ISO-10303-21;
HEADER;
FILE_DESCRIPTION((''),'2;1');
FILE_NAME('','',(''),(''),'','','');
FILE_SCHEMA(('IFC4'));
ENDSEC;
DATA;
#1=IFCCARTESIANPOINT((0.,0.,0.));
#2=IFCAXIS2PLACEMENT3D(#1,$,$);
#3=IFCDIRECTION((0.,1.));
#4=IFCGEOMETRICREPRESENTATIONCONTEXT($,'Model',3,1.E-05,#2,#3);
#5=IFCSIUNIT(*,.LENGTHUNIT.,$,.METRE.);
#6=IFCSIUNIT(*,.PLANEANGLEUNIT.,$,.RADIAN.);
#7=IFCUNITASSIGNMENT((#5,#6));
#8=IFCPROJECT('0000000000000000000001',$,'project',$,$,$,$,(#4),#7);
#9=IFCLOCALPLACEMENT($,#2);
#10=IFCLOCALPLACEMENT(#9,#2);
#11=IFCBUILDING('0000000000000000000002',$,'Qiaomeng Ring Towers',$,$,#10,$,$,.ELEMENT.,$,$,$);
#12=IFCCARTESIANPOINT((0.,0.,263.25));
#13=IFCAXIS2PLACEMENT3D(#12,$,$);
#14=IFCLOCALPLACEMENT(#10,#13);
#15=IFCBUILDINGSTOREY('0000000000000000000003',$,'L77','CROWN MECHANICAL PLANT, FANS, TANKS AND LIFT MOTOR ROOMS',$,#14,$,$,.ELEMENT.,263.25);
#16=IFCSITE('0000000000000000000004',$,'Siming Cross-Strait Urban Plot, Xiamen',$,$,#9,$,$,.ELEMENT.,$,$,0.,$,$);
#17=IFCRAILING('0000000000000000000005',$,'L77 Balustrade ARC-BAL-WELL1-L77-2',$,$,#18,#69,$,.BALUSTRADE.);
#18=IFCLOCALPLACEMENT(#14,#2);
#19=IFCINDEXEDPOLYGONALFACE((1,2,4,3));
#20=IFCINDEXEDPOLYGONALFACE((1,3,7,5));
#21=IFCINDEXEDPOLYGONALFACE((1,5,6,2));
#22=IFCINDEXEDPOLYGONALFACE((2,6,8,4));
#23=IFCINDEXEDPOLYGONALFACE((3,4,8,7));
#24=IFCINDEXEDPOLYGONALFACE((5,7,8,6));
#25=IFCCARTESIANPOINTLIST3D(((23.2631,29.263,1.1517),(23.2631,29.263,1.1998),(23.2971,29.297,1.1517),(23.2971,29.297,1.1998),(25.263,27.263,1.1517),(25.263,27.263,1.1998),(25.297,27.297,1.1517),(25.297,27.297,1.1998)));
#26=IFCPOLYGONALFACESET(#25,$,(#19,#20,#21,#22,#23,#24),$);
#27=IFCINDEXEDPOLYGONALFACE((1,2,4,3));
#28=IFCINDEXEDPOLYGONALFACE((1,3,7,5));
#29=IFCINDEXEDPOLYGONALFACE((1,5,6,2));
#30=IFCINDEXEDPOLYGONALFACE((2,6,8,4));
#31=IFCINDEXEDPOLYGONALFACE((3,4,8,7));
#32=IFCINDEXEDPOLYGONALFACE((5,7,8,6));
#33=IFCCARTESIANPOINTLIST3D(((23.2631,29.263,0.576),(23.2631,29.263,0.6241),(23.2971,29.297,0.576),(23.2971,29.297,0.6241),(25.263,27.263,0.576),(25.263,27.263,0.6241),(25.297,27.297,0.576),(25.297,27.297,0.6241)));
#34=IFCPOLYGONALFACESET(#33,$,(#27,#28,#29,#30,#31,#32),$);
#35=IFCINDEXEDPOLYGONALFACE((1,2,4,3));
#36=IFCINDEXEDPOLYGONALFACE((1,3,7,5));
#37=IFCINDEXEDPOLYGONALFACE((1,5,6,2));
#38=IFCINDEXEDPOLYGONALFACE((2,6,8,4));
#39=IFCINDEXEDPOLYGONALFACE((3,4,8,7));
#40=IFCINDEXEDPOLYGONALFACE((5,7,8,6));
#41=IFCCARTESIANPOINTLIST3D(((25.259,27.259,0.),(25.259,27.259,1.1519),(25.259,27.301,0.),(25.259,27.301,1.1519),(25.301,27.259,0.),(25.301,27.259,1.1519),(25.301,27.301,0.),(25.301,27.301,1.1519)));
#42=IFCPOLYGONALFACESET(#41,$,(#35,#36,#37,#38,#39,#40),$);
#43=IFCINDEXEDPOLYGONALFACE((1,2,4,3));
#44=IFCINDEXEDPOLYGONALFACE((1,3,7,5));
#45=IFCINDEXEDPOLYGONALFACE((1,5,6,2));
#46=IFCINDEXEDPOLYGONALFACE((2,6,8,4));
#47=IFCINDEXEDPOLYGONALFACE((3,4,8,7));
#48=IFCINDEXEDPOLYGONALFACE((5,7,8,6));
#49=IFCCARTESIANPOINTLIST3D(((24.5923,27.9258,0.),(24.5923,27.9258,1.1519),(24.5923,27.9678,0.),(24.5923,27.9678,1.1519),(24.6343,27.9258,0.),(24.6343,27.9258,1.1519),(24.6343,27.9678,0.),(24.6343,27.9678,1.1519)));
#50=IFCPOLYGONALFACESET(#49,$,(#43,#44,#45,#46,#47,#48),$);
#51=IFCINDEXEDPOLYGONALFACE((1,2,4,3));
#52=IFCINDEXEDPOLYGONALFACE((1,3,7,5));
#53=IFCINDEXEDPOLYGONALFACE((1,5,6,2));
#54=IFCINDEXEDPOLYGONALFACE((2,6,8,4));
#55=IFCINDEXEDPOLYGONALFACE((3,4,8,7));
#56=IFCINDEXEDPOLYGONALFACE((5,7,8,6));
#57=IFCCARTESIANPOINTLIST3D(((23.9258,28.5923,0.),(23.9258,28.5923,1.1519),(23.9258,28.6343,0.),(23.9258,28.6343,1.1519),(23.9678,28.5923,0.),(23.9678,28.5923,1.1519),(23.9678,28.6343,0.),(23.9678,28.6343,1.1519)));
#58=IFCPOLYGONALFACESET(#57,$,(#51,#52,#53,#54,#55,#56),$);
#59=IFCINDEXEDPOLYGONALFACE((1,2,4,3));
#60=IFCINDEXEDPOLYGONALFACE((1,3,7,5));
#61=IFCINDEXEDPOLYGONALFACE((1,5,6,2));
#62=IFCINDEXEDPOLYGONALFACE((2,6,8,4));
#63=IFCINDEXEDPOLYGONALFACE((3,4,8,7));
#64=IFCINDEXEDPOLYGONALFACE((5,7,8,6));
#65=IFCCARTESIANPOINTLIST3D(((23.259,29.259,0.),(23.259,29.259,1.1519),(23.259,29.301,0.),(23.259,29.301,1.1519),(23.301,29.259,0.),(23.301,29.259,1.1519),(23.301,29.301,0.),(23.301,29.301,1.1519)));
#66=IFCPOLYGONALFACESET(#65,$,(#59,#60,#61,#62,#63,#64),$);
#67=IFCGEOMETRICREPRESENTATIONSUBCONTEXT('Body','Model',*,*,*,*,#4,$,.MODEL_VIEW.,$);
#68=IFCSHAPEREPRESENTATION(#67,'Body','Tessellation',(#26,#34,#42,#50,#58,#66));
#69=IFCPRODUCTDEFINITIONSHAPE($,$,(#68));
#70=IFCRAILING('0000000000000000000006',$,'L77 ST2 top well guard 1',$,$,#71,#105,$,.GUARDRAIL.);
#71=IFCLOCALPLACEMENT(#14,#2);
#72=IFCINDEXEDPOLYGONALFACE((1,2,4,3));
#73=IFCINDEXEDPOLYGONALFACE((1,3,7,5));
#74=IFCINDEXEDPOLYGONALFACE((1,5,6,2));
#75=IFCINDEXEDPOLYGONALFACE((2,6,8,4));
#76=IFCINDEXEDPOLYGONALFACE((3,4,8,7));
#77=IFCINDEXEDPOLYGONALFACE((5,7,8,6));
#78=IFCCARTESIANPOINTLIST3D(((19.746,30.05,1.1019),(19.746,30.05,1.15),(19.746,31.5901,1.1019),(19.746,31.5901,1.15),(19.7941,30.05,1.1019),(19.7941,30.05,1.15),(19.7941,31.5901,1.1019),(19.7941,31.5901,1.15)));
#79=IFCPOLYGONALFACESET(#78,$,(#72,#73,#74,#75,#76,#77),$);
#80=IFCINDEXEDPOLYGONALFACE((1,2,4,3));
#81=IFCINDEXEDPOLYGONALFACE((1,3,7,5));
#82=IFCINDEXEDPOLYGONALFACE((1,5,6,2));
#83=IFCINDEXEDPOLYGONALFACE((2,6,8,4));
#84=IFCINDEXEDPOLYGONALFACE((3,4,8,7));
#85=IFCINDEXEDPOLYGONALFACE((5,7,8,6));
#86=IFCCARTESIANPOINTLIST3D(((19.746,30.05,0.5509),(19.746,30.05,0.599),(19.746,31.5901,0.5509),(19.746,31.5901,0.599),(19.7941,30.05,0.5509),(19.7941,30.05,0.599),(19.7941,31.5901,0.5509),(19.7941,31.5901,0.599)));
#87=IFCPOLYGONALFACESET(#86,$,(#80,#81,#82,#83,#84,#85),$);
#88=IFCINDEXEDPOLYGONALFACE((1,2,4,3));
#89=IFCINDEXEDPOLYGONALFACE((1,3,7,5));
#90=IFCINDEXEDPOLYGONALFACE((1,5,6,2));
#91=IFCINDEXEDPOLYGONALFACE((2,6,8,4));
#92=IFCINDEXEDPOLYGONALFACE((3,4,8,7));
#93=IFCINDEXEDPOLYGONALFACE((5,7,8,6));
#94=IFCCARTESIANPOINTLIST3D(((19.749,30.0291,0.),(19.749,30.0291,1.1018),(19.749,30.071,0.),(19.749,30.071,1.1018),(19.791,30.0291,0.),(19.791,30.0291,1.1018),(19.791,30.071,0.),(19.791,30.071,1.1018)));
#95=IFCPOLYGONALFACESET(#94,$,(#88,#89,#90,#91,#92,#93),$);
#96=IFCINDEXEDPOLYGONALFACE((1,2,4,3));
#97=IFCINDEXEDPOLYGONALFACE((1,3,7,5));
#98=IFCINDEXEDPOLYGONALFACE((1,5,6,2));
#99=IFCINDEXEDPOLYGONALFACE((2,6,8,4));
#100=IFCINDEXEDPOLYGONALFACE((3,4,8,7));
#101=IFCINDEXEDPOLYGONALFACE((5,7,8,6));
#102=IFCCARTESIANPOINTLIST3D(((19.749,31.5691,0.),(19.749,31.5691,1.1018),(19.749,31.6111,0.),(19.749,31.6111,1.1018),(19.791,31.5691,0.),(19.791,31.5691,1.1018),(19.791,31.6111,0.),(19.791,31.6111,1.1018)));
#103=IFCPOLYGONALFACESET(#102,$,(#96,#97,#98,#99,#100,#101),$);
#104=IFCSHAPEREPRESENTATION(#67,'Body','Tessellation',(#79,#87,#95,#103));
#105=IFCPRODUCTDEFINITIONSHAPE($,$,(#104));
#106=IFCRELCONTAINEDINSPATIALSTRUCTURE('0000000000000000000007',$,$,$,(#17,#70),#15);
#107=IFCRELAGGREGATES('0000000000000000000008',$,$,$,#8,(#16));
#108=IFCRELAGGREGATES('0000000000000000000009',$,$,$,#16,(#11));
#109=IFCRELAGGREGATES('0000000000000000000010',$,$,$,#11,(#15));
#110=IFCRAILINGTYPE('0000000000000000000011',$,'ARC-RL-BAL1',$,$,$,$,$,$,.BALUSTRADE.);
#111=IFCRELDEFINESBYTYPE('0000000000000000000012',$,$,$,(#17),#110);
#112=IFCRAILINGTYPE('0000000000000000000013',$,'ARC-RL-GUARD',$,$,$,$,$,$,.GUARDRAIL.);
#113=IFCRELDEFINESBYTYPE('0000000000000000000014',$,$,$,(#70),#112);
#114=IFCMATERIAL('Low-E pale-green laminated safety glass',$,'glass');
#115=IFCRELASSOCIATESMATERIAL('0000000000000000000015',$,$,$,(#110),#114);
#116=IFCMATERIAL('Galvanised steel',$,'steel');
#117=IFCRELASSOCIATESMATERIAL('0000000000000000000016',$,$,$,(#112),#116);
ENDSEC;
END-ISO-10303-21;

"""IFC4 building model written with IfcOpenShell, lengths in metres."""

from ifc_helpers import new_model, si_unit, direction, frame, origin, origin_2d, place, context, subcontext, project, spatial, rectangle, extrude, material, type_object, element, save


model = new_model("IFC4")

# Units and contexts
model_context = context("Model", 3, precision=1e-05, world=origin(), true_north=direction((0.0, 1.0)))
body_context = subcontext(model_context, "Body", "Model", "MODEL_VIEW")
ifc_project = project(units=[si_unit("LENGTHUNIT", "METRE"), si_unit("PLANEANGLEUNIT", "RADIAN")], contexts=[model_context])

# Site, building, storey
site_placement = place(None, origin())
site = spatial("IfcSite", under=ifc_project, at=site_placement, Name="Siming Cross-Strait Urban Plot, Xiamen", CompositionType="ELEMENT", RefElevation=0.0)
building_placement = place(site_placement, origin())
building = spatial("IfcBuilding", under=site, at=building_placement, Name="Qiaomeng Ring Towers", CompositionType="ELEMENT")
storey_placement = place(building_placement, frame((0.0, 0.0, 263.25)))
storey = spatial("IfcBuildingStorey", under=building, at=storey_placement, Name="L77", Description="CROWN MECHANICAL PLANT, FANS, TANKS AND LIFT MOTOR ROOMS", CompositionType="ELEMENT", Elevation=263.25)

# Shared definitions
ifc_material_1 = material(Name="Galvanised steel", Category="steel")

# Railings
ifc_material_2 = material(Name="Low-E pale-green laminated safety glass", Category="glass")
railing_type_1 = type_object("IfcRailingType", Name="ARC-RL-BAL1", PredefinedType="BALUSTRADE", material=ifc_material_2)
railing_1_placement = place(storey_placement, frame((25.28, 27.28, 0.0)))
element("IfcRailing", 1, at=railing_1_placement, inside=storey, type_object=railing_type_1, Name="L77 Balustrade ARC-BAL-WELL1-L77-2", PredefinedType="BALUSTRADE", context=body_context, shape_type="SweptSolid", body=[
    extrude(rectangle(XDim=0.0481, YDim=0.0481, at=origin_2d()), frame((0.0, 0.0, 1.1758), z_axis=(-0.707107, 0.707107, 0.0), x_axis=(-0.707107, -0.707107, 0.0)), (0.0, 0.0, 1.0), 2.8284),
    extrude(rectangle(XDim=0.0481, YDim=0.0481, at=origin_2d()), frame((0.0, 0.0, 0.6001), z_axis=(-0.707107, 0.707107, 0.0), x_axis=(-0.707107, -0.707107, 0.0)), (0.0, 0.0, 1.0), 2.8284),
    extrude(rectangle(XDim=0.042, YDim=0.042, at=origin_2d()), origin(), (0.0, 0.0, 1.0), 1.1519),
    extrude(rectangle(XDim=0.042, YDim=0.042, at=origin_2d()), frame((-0.6667, 0.6667, 0.0)), (0.0, 0.0, 1.0), 1.1519),
    extrude(rectangle(XDim=0.042, YDim=0.042, at=origin_2d()), frame((-1.3333, 1.3333, 0.0)), (0.0, 0.0, 1.0), 1.1519),
    extrude(rectangle(XDim=0.042, YDim=0.042, at=origin_2d()), frame((-2.0, 2.0, 0.0)), (0.0, 0.0, 1.0), 1.1519),
])
railing_type_2 = type_object("IfcRailingType", Name="ARC-RL-GUARD", PredefinedType="GUARDRAIL", material=ifc_material_1)
railing_2_placement = place(storey_placement, frame((19.77, 30.05, 0.0)))
element("IfcRailing", 2, at=railing_2_placement, inside=storey, type_object=railing_type_2, Name="L77 ST2 top well guard 1", PredefinedType="GUARDRAIL", context=body_context, shape_type="SweptSolid", body=[
    extrude(rectangle(XDim=0.0481, YDim=0.0481, at=origin_2d()), frame((0.0, 0.0, 1.126), z_axis=(0.0, 1.0, 0.0), x_axis=(-1.0, 0.0, 0.0)), (0.0, 0.0, 1.0), 1.54),
    extrude(rectangle(XDim=0.0481, YDim=0.0481, at=origin_2d()), frame((0.0, 0.0, 0.575), z_axis=(0.0, 1.0, 0.0), x_axis=(-1.0, 0.0, 0.0)), (0.0, 0.0, 1.0), 1.54),
    extrude(rectangle(XDim=0.042, YDim=0.042, at=origin_2d()), origin(), (0.0, 0.0, 1.0), 1.1018),
    extrude(rectangle(XDim=0.042, YDim=0.042, at=origin_2d()), frame((0.0, 1.54, 0.0)), (0.0, 0.0, 1.0), 1.1018),
])

save(model, "model.ifc")
